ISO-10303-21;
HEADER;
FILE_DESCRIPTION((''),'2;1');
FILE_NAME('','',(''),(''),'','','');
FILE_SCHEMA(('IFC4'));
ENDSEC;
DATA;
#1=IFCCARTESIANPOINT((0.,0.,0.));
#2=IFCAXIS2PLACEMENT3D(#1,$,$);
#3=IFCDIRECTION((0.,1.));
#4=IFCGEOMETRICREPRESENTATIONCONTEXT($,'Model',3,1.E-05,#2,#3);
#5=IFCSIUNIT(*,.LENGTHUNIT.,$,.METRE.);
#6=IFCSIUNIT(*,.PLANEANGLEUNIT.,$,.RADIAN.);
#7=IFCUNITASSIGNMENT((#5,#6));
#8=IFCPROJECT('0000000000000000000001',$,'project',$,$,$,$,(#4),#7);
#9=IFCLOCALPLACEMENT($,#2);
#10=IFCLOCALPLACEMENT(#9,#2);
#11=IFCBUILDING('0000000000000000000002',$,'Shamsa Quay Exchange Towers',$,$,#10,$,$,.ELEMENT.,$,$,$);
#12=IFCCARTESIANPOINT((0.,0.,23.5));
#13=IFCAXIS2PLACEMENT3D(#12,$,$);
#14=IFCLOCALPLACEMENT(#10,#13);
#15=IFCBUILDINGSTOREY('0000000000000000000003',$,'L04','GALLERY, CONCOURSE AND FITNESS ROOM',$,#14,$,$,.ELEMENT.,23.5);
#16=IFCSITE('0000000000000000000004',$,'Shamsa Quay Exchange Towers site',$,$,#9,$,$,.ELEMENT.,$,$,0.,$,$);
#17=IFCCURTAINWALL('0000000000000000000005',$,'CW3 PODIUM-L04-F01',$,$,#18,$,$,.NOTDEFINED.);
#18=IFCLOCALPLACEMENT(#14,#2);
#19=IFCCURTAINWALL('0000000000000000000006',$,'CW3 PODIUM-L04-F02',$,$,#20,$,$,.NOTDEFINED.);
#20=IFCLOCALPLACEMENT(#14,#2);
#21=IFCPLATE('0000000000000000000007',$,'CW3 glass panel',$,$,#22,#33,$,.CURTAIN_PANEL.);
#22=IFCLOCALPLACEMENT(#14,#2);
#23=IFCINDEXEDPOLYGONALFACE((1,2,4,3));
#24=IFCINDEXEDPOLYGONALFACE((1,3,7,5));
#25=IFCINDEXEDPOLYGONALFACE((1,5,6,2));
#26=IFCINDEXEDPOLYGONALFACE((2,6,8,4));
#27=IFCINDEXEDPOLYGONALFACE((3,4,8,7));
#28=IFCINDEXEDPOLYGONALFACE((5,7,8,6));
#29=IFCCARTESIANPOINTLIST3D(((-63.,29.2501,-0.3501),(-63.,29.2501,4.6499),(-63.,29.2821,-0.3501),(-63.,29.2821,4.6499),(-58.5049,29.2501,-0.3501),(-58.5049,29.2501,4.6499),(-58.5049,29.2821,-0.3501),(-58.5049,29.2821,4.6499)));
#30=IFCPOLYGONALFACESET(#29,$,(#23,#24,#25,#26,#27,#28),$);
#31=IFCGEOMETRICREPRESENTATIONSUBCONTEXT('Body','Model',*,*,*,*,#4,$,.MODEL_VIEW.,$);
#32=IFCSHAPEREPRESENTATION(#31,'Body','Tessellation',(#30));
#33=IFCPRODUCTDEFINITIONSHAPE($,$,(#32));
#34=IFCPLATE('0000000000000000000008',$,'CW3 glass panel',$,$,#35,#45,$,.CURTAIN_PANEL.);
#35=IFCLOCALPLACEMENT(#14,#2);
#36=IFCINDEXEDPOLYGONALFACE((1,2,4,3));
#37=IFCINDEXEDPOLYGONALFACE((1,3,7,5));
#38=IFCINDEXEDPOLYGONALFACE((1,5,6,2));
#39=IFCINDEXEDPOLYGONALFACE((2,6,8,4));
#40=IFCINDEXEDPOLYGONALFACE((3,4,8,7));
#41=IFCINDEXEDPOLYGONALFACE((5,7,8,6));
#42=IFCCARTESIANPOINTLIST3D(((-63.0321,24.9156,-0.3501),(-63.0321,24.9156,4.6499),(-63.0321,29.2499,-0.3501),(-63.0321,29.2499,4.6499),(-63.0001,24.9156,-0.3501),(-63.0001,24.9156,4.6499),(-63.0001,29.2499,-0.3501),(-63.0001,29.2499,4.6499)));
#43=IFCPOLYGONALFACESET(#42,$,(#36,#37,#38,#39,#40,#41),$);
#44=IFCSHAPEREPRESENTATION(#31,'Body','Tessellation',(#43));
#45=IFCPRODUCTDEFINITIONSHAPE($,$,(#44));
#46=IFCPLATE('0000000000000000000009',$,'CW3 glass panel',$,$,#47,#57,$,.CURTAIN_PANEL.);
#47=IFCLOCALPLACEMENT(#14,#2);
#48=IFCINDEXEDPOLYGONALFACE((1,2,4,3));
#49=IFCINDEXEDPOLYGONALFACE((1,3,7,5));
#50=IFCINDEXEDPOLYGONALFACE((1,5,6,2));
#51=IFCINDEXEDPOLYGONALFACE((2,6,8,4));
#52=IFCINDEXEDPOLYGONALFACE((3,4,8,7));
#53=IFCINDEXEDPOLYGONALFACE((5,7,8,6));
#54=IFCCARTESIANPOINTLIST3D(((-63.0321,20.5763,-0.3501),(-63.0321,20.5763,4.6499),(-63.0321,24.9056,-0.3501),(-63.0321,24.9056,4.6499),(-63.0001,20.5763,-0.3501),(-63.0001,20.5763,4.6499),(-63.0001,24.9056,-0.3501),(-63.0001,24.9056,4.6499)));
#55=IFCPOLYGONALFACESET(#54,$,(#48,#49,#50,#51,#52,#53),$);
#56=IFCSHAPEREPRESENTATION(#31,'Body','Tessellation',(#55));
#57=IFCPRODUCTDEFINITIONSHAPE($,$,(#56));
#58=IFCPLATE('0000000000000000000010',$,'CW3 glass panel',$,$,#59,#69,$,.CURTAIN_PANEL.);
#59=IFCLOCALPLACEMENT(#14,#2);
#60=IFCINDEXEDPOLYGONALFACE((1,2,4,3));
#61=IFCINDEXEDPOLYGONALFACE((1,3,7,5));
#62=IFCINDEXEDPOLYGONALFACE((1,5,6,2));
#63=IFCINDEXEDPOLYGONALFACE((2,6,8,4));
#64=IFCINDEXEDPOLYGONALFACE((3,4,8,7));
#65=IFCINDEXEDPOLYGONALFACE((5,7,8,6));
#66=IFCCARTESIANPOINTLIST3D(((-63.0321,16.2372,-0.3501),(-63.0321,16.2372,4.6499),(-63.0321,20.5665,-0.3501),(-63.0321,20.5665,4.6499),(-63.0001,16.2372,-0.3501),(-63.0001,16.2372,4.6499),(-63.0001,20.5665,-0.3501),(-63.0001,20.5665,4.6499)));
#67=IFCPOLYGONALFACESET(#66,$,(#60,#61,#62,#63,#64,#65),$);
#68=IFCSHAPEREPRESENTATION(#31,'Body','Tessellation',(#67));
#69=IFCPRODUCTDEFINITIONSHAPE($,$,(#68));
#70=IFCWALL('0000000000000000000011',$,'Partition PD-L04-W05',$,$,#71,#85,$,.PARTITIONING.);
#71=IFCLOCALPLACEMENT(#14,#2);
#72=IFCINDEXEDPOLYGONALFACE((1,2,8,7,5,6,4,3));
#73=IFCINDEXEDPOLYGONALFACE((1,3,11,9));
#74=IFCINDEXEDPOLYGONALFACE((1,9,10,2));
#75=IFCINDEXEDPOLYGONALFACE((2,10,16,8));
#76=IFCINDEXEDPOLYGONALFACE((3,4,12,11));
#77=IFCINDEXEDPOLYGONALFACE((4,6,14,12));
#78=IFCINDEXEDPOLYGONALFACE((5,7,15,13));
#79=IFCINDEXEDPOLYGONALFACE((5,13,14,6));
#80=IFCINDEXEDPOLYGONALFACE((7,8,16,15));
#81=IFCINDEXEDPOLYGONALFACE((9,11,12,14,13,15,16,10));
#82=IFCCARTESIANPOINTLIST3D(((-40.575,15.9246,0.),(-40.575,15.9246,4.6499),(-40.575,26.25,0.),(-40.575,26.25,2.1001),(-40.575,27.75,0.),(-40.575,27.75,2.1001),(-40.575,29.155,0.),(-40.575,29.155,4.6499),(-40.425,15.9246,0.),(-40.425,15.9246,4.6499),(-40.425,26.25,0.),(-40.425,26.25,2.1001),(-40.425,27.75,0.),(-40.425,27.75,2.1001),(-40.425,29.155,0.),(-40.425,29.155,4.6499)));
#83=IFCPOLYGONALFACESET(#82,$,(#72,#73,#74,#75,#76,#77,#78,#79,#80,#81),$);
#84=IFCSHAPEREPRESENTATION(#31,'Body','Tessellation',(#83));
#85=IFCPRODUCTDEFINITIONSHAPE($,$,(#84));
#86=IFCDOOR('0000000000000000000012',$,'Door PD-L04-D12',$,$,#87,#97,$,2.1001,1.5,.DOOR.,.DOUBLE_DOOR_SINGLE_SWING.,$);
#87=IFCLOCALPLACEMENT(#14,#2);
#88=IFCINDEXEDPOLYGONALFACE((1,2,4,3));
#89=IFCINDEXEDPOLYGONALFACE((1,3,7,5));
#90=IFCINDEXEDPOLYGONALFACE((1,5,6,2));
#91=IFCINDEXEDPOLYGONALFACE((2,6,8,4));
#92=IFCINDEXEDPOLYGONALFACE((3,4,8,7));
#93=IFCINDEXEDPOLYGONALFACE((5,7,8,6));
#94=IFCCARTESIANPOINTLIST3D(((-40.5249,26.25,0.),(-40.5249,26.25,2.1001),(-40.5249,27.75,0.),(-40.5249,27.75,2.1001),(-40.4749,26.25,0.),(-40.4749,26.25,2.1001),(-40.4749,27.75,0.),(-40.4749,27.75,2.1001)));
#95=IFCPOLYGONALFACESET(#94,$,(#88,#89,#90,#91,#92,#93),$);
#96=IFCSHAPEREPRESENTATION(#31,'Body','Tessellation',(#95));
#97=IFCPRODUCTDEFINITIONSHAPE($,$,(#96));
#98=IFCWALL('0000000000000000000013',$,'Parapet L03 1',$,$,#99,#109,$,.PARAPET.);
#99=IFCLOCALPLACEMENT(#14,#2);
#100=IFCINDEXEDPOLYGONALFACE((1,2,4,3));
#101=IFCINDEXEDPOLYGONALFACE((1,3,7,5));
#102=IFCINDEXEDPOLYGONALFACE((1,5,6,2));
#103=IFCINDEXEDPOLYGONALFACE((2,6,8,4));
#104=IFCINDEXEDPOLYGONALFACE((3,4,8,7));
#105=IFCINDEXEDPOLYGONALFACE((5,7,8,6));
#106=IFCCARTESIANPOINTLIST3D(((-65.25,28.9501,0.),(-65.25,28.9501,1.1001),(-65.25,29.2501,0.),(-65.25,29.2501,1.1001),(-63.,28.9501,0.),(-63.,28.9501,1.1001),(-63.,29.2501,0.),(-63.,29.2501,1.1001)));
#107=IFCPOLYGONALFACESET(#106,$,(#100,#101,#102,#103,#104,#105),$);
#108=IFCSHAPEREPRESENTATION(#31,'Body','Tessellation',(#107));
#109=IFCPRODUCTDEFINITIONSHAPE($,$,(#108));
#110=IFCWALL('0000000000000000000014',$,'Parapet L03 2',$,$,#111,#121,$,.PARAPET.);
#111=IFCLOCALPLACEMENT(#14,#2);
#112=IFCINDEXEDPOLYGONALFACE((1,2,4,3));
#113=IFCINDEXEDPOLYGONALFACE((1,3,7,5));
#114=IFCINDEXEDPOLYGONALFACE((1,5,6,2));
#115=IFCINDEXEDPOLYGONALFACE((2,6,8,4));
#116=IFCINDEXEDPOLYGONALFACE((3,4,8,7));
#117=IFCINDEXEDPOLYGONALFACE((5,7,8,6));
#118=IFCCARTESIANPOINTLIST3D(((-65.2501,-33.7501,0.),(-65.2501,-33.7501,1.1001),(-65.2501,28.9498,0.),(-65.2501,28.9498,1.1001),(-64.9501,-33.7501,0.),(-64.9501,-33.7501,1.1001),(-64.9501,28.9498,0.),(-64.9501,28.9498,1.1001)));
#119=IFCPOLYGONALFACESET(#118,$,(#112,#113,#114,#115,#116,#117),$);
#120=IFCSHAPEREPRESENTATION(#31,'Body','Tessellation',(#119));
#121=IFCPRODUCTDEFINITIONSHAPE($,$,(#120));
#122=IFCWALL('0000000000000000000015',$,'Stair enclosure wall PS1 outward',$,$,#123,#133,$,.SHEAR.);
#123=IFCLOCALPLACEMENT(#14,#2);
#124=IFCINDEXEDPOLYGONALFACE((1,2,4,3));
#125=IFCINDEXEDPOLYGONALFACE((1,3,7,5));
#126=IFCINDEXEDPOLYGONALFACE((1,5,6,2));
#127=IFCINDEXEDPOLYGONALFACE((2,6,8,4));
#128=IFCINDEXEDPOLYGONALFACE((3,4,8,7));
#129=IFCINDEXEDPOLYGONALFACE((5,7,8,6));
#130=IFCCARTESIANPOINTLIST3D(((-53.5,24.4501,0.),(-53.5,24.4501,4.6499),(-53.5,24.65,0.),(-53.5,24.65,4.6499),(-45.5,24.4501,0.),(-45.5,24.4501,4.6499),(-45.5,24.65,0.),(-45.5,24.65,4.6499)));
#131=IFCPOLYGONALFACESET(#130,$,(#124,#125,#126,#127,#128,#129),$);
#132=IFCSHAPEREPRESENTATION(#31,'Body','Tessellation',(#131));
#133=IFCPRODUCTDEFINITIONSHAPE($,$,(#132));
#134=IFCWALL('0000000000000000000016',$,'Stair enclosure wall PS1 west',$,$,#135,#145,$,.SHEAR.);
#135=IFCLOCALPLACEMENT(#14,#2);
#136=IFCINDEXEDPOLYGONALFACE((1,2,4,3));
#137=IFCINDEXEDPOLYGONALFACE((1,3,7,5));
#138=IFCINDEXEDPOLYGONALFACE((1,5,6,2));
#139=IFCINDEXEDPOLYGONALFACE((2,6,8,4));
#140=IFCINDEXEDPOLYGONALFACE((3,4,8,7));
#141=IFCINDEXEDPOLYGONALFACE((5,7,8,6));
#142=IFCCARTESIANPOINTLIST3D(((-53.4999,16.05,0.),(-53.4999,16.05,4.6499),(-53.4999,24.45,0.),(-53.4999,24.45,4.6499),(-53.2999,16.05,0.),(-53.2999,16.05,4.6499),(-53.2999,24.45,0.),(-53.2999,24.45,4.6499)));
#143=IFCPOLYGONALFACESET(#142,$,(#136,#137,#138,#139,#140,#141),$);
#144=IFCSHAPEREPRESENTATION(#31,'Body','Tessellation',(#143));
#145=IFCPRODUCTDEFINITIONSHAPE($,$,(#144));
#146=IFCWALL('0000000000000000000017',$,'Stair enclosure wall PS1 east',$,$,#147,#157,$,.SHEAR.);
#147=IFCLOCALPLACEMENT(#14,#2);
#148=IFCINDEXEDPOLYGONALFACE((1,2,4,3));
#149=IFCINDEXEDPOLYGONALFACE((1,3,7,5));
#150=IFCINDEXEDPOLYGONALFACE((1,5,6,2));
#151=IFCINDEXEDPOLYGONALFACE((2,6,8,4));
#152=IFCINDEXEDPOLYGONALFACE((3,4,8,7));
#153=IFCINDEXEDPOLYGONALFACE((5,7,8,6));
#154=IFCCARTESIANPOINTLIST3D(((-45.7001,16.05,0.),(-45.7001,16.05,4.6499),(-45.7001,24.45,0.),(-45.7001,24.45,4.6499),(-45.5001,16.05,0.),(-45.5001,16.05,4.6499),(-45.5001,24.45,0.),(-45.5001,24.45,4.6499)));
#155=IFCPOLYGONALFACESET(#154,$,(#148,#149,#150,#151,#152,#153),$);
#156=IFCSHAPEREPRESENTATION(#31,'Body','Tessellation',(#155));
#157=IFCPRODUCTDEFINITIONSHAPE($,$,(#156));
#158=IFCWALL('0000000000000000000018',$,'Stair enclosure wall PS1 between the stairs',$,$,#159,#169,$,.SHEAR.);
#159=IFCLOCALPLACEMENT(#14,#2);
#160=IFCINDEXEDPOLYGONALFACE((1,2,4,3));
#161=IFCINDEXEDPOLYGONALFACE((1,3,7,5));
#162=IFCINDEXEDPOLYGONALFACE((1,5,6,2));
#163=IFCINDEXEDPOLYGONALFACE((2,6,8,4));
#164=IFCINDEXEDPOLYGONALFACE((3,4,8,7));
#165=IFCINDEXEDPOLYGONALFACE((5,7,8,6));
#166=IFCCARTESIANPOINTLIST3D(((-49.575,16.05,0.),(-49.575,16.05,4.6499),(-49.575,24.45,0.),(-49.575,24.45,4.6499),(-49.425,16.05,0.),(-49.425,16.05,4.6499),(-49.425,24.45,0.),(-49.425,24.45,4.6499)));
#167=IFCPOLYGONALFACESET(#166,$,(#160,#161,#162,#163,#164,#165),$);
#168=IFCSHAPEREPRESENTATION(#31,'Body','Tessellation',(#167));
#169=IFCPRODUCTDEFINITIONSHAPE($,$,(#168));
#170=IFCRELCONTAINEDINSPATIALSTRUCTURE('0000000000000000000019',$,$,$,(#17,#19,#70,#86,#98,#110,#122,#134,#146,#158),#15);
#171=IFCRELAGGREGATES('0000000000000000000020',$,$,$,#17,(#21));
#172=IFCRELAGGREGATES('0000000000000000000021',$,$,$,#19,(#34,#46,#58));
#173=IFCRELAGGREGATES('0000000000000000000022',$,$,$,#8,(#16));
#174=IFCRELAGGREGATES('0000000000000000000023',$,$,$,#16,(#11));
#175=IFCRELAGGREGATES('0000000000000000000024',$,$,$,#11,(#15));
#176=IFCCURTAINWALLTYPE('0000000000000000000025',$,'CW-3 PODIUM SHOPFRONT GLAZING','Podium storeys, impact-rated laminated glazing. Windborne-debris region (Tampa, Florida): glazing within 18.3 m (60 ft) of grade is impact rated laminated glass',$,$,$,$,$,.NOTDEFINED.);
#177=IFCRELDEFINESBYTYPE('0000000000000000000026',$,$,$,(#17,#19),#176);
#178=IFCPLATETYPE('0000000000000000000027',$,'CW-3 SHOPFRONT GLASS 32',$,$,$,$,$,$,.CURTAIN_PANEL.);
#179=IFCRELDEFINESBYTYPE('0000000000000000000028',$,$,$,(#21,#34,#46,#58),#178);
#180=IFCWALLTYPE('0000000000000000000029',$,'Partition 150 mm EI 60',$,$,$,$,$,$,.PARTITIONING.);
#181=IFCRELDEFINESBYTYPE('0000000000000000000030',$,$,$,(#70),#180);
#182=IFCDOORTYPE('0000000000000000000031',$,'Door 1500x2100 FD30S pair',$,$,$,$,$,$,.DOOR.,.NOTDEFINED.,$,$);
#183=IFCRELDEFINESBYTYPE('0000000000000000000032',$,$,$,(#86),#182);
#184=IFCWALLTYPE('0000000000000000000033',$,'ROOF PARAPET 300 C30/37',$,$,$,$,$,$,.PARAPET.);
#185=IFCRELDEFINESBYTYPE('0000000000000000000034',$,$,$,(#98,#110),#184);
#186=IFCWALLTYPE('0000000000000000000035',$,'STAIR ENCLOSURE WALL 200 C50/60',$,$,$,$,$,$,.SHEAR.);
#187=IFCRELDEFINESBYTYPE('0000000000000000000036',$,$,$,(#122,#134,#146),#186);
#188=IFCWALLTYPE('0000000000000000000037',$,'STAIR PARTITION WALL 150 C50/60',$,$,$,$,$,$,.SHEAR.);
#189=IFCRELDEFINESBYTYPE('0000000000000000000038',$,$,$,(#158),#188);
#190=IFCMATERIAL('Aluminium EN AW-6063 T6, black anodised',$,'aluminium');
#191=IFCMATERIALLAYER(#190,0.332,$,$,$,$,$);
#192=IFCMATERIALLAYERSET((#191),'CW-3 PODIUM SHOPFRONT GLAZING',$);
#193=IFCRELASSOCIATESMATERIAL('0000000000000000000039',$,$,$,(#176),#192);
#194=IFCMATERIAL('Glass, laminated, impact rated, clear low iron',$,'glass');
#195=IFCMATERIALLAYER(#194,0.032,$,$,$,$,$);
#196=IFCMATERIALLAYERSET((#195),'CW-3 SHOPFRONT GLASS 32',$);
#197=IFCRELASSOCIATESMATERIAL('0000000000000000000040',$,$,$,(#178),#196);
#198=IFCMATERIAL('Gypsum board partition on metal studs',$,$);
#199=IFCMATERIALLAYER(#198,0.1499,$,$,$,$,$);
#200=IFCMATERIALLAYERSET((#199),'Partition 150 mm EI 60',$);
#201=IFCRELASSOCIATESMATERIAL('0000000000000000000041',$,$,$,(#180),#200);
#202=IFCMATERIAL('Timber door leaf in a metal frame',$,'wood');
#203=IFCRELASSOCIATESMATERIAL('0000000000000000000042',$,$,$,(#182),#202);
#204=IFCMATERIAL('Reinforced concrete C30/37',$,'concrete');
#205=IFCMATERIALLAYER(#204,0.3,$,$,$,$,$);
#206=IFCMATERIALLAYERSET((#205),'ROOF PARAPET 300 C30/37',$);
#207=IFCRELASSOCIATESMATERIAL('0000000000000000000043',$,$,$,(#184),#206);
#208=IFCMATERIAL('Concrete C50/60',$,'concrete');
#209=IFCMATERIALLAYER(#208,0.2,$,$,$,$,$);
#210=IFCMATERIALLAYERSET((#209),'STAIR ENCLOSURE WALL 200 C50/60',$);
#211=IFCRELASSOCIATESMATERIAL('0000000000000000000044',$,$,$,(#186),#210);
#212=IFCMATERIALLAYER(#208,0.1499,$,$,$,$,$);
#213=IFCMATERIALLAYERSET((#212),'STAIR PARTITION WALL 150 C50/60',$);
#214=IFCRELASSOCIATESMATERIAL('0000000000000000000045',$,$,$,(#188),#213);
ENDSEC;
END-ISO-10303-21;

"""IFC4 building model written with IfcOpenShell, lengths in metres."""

from ifc_helpers import new_model, si_unit, direction, frame, frame_2d, origin, origin_2d, place, context, subcontext, project, spatial, rectangle, extrude, material, layer, layer_set, type_object, element, fill, aggregate, save


model = new_model("IFC4")

# Units and contexts
model_context = context("Model", 3, precision=1e-05, world=origin(), true_north=direction((0.0, 1.0)))
body_context = subcontext(model_context, "Body", "Model", "MODEL_VIEW")
ifc_project = project(units=[si_unit("LENGTHUNIT", "METRE"), si_unit("PLANEANGLEUNIT", "RADIAN")], contexts=[model_context])

# Site, building, storey
site_placement = place(None, origin())
site = spatial("IfcSite", under=ifc_project, at=site_placement, Name="Shamsa Quay Exchange Towers site", CompositionType="ELEMENT", RefElevation=0.0)
building_placement = place(site_placement, origin())
building = spatial("IfcBuilding", under=site, at=building_placement, Name="Shamsa Quay Exchange Towers", CompositionType="ELEMENT")
storey_placement = place(building_placement, frame((0.0, 0.0, 23.5)))
storey = spatial("IfcBuildingStorey", under=building, at=storey_placement, Name="L04", Description="GALLERY, CONCOURSE AND FITNESS ROOM", CompositionType="ELEMENT", Elevation=23.5)

# Curtain walls
ifc_material_1 = material(Name="Aluminium EN AW-6063 T6, black anodised", Category="aluminium")
ifc_layer_1 = layer(ifc_material_1, 0.332)
ifc_layer_set_1 = layer_set([ifc_layer_1], Name="CW-3 PODIUM SHOPFRONT GLAZING")
curtain_wall_type = type_object("IfcCurtainWallType", Name="CW-3 PODIUM SHOPFRONT GLAZING", Description="Podium storeys, impact-rated laminated glazing. Windborne-debris region (Tampa, Florida): glazing within 18.3 m (60 ft) of grade is impact rated laminated glass", PredefinedType="NOTDEFINED", material=ifc_layer_set_1)
curtain_wall_1_placement = place(storey_placement, origin())
curtain_wall_1 = element("IfcCurtainWall", 1, at=curtain_wall_1_placement, inside=storey, type_object=curtain_wall_type, Name="CW3 PODIUM-L04-F01", PredefinedType="NOTDEFINED")
curtain_wall_2_placement = place(storey_placement, origin())
curtain_wall_2 = element("IfcCurtainWall", 2, at=curtain_wall_2_placement, inside=storey, type_object=curtain_wall_type, Name="CW3 PODIUM-L04-F02", PredefinedType="NOTDEFINED")

# Plates
ifc_material_2 = material(Name="Glass, laminated, impact rated, clear low iron", Category="glass")
ifc_layer_2 = layer(ifc_material_2, 0.032)
ifc_layer_set_2 = layer_set([ifc_layer_2], Name="CW-3 SHOPFRONT GLASS 32")
plate_type = type_object("IfcPlateType", Name="CW-3 SHOPFRONT GLASS 32", PredefinedType="CURTAIN_PANEL", material=ifc_layer_set_2)
plate_1_placement = place(storey_placement, frame((-60.7524, 29.2661, -0.3501), z_axis=(0.0, 0.0, 1.0), x_axis=(-1.0, 0.0, 0.0)))
plate_1 = element("IfcPlate", 3, at=plate_1_placement, type_object=plate_type, Name="CW3 glass panel", PredefinedType="CURTAIN_PANEL", context=body_context, shape_type="SweptSolid", body=[
    extrude(rectangle(XDim=4.4951, YDim=0.032, at=origin_2d()), origin(), (0.0, 0.0, 1.0), 5.0),
])
aggregate(curtain_wall_1, [plate_1])
plate_2_placement = place(storey_placement, frame((-63.0161, 27.0828, -0.3501), z_axis=(0.0, 0.0, 1.0), x_axis=(0.0, -1.0, 0.0)))
plate_2 = element("IfcPlate", 4, at=plate_2_placement, type_object=plate_type, Name="CW3 glass panel", PredefinedType="CURTAIN_PANEL", context=body_context, shape_type="SweptSolid", body=[
    extrude(rectangle(XDim=4.3342, YDim=0.032, at=origin_2d()), origin(), (0.0, 0.0, 1.0), 5.0),
])
plate_3_placement = place(storey_placement, frame((-63.0161, 22.741, -0.3501), z_axis=(0.0, 0.0, 1.0), x_axis=(0.0, -1.0, 0.0)))
plate_3 = element("IfcPlate", 5, at=plate_3_placement, type_object=plate_type, Name="CW3 glass panel", PredefinedType="CURTAIN_PANEL", context=body_context, shape_type="SweptSolid", body=[
    extrude(rectangle(XDim=4.3293, YDim=0.032, at=origin_2d()), origin(), (0.0, 0.0, 1.0), 5.0),
])
plate_4_placement = place(storey_placement, frame((-63.0161, 18.4019, -0.3501), z_axis=(0.0, 0.0, 1.0), x_axis=(0.0, -1.0, 0.0)))
plate_4 = element("IfcPlate", 6, at=plate_4_placement, type_object=plate_type, Name="CW3 glass panel", PredefinedType="CURTAIN_PANEL", context=body_context, shape_type="SweptSolid", body=[
    extrude(rectangle(XDim=4.3293, YDim=0.032, at=origin_2d()), origin(), (0.0, 0.0, 1.0), 5.0),
])
aggregate(curtain_wall_2, [plate_2, plate_3, plate_4])

# Wall, opening, door
ifc_material_3 = material(Name="Gypsum board partition on metal studs")
ifc_layer_3 = layer(ifc_material_3, 0.1499)
ifc_layer_set_3 = layer_set([ifc_layer_3], Name="Partition 150 mm EI 60")
wall_type_1 = type_object("IfcWallType", Name="Partition 150 mm EI 60", PredefinedType="PARTITIONING", material=ifc_layer_set_3)
wall_1_placement = place(storey_placement, frame((-40.5, 15.9246, 0.0), z_axis=(0.0, 0.0, 1.0), x_axis=(0.0, 1.0, 0.0)))
wall_1 = element("IfcWall", 7, at=wall_1_placement, inside=storey, type_object=wall_type_1, Name="Partition PD-L04-W05", PredefinedType="PARTITIONING", context=body_context, shape_type="SweptSolid", body=[
    extrude(rectangle(XDim=13.2305, YDim=0.1499, at=frame_2d((6.6152, 0.0))), origin(), (0.0, 0.0, 1.0), 4.6499),
])
opening_1_placement = place(wall_1_placement, frame((10.3254, 0.0, 0.0)))
opening_1 = element("IfcOpeningElement", 8, at=opening_1_placement, cuts=wall_1, PredefinedType="OPENING", context=body_context, shape_type="SweptSolid", body=[
    extrude(rectangle(XDim=1.5, YDim=2.1001, at=frame_2d((0.75, 1.05))), frame((0.0, 0.085, 0.0), z_axis=(0.0, -1.0, 0.0), x_axis=(1.0, 0.0, 0.0)), (0.0, 0.0, 1.0), 0.1699),
])
ifc_material_4 = material(Name="Timber door leaf in a metal frame", Category="wood")
door_type_1 = type_object("IfcDoorType", Name="Door 1500x2100 FD30S pair", OperationType="NOTDEFINED", PredefinedType="DOOR", material=ifc_material_4)
door_1_placement = place(opening_1_placement, origin())
door_1 = element("IfcDoor", 9, at=door_1_placement, inside=storey, type_object=door_type_1, Name="Door PD-L04-D12", OperationType="DOUBLE_DOOR_SINGLE_SWING", OverallHeight=2.1001, OverallWidth=1.5, PredefinedType="DOOR", context=body_context, shape_type="SweptSolid", body=[
    extrude(rectangle(XDim=1.5, YDim=2.1001, at=frame_2d((0.75, 1.05))), frame((0.0, 0.0249, 0.0), z_axis=(0.0, -1.0, 0.0), x_axis=(1.0, 0.0, 0.0)), (0.0, 0.0, 1.0), 0.05),
])
fill(opening_1, door_1)

# Walls
ifc_material_5 = material(Name="Reinforced concrete C30/37", Category="concrete")
ifc_layer_4 = layer(ifc_material_5, 0.3)
ifc_layer_set_4 = layer_set([ifc_layer_4], Name="ROOF PARAPET 300 C30/37")
wall_type_2 = type_object("IfcWallType", Name="ROOF PARAPET 300 C30/37", PredefinedType="PARAPET", material=ifc_layer_set_4)
wall_2_placement = place(storey_placement, frame((-63.0, 29.1001, 0.0), z_axis=(0.0, 0.0, 1.0), x_axis=(-1.0, 0.0, 0.0)))
element("IfcWall", 10, at=wall_2_placement, inside=storey, type_object=wall_type_2, Name="Parapet L03 1", PredefinedType="PARAPET", context=body_context, shape_type="SweptSolid", body=[
    extrude(rectangle(XDim=2.25, YDim=0.3, at=frame_2d((1.125, 0.0))), origin(), (0.0, 0.0, 1.0), 1.1001),
])
wall_3_placement = place(storey_placement, frame((-65.1001, 28.95, 0.0), z_axis=(0.0, 0.0, 1.0), x_axis=(0.0, -1.0, 0.0)))
element("IfcWall", 11, at=wall_3_placement, inside=storey, type_object=wall_type_2, Name="Parapet L03 2", PredefinedType="PARAPET", context=body_context, shape_type="SweptSolid", body=[
    extrude(rectangle(XDim=62.7, YDim=0.3, at=frame_2d((31.3501, 0.0))), origin(), (0.0, 0.0, 1.0), 1.1001),
])

# Shared definitions
ifc_material_6 = material(Name="Concrete C50/60", Category="concrete")
ifc_layer_5 = layer(ifc_material_6, 0.2)
ifc_layer_set_5 = layer_set([ifc_layer_5], Name="STAIR ENCLOSURE WALL 200 C50/60")
wall_type_3 = type_object("IfcWallType", Name="STAIR ENCLOSURE WALL 200 C50/60", PredefinedType="SHEAR", material=ifc_layer_set_5)

# Walls
wall_4_placement = place(storey_placement, frame((-53.5, 24.55, 0.0)))
element("IfcWall", 12, at=wall_4_placement, inside=storey, type_object=wall_type_3, Name="Stair enclosure wall PS1 outward", PredefinedType="SHEAR", context=body_context, shape_type="SweptSolid", body=[
    extrude(rectangle(XDim=8.0, YDim=0.2, at=frame_2d((4.0, 0.0))), origin(), (0.0, 0.0, 1.0), 4.6499),
])
for number, where, z_axis, x_axis, name in (
    (13, (-53.3999, 16.05, 0.0), (0.0, 0.0, 1.0), (0.0, 1.0, 0.0), "Stair enclosure wall PS1 west"),
    (14, (-45.6001, 16.05, 0.0), (0.0, 0.0, 1.0), (0.0, 1.0, 0.0), "Stair enclosure wall PS1 east"),
):
    element("IfcWall", number, at=place(storey_placement, frame(where, z_axis=z_axis, x_axis=x_axis)), inside=storey, type_object=wall_type_3, Name=name, PredefinedType="SHEAR", context=body_context, shape_type="SweptSolid", body=[
        extrude(rectangle(XDim=8.3999, YDim=0.2, at=frame_2d((4.2, 0.0))), origin(), (0.0, 0.0, 1.0), 4.6499),
    ])
ifc_layer_6 = layer(ifc_material_6, 0.1499)
ifc_layer_set_6 = layer_set([ifc_layer_6], Name="STAIR PARTITION WALL 150 C50/60")
wall_type_4 = type_object("IfcWallType", Name="STAIR PARTITION WALL 150 C50/60", PredefinedType="SHEAR", material=ifc_layer_set_6)
wall_5_placement = place(storey_placement, frame((-49.5, 16.05, 0.0), z_axis=(0.0, 0.0, 1.0), x_axis=(0.0, 1.0, 0.0)))
element("IfcWall", 15, at=wall_5_placement, inside=storey, type_object=wall_type_4, Name="Stair enclosure wall PS1 between the stairs", PredefinedType="SHEAR", context=body_context, shape_type="SweptSolid", body=[
    extrude(rectangle(XDim=8.3999, YDim=0.1499, at=frame_2d((4.2, 0.0))), origin(), (0.0, 0.0, 1.0), 4.6499),
])

save(model, "model.ifc")
